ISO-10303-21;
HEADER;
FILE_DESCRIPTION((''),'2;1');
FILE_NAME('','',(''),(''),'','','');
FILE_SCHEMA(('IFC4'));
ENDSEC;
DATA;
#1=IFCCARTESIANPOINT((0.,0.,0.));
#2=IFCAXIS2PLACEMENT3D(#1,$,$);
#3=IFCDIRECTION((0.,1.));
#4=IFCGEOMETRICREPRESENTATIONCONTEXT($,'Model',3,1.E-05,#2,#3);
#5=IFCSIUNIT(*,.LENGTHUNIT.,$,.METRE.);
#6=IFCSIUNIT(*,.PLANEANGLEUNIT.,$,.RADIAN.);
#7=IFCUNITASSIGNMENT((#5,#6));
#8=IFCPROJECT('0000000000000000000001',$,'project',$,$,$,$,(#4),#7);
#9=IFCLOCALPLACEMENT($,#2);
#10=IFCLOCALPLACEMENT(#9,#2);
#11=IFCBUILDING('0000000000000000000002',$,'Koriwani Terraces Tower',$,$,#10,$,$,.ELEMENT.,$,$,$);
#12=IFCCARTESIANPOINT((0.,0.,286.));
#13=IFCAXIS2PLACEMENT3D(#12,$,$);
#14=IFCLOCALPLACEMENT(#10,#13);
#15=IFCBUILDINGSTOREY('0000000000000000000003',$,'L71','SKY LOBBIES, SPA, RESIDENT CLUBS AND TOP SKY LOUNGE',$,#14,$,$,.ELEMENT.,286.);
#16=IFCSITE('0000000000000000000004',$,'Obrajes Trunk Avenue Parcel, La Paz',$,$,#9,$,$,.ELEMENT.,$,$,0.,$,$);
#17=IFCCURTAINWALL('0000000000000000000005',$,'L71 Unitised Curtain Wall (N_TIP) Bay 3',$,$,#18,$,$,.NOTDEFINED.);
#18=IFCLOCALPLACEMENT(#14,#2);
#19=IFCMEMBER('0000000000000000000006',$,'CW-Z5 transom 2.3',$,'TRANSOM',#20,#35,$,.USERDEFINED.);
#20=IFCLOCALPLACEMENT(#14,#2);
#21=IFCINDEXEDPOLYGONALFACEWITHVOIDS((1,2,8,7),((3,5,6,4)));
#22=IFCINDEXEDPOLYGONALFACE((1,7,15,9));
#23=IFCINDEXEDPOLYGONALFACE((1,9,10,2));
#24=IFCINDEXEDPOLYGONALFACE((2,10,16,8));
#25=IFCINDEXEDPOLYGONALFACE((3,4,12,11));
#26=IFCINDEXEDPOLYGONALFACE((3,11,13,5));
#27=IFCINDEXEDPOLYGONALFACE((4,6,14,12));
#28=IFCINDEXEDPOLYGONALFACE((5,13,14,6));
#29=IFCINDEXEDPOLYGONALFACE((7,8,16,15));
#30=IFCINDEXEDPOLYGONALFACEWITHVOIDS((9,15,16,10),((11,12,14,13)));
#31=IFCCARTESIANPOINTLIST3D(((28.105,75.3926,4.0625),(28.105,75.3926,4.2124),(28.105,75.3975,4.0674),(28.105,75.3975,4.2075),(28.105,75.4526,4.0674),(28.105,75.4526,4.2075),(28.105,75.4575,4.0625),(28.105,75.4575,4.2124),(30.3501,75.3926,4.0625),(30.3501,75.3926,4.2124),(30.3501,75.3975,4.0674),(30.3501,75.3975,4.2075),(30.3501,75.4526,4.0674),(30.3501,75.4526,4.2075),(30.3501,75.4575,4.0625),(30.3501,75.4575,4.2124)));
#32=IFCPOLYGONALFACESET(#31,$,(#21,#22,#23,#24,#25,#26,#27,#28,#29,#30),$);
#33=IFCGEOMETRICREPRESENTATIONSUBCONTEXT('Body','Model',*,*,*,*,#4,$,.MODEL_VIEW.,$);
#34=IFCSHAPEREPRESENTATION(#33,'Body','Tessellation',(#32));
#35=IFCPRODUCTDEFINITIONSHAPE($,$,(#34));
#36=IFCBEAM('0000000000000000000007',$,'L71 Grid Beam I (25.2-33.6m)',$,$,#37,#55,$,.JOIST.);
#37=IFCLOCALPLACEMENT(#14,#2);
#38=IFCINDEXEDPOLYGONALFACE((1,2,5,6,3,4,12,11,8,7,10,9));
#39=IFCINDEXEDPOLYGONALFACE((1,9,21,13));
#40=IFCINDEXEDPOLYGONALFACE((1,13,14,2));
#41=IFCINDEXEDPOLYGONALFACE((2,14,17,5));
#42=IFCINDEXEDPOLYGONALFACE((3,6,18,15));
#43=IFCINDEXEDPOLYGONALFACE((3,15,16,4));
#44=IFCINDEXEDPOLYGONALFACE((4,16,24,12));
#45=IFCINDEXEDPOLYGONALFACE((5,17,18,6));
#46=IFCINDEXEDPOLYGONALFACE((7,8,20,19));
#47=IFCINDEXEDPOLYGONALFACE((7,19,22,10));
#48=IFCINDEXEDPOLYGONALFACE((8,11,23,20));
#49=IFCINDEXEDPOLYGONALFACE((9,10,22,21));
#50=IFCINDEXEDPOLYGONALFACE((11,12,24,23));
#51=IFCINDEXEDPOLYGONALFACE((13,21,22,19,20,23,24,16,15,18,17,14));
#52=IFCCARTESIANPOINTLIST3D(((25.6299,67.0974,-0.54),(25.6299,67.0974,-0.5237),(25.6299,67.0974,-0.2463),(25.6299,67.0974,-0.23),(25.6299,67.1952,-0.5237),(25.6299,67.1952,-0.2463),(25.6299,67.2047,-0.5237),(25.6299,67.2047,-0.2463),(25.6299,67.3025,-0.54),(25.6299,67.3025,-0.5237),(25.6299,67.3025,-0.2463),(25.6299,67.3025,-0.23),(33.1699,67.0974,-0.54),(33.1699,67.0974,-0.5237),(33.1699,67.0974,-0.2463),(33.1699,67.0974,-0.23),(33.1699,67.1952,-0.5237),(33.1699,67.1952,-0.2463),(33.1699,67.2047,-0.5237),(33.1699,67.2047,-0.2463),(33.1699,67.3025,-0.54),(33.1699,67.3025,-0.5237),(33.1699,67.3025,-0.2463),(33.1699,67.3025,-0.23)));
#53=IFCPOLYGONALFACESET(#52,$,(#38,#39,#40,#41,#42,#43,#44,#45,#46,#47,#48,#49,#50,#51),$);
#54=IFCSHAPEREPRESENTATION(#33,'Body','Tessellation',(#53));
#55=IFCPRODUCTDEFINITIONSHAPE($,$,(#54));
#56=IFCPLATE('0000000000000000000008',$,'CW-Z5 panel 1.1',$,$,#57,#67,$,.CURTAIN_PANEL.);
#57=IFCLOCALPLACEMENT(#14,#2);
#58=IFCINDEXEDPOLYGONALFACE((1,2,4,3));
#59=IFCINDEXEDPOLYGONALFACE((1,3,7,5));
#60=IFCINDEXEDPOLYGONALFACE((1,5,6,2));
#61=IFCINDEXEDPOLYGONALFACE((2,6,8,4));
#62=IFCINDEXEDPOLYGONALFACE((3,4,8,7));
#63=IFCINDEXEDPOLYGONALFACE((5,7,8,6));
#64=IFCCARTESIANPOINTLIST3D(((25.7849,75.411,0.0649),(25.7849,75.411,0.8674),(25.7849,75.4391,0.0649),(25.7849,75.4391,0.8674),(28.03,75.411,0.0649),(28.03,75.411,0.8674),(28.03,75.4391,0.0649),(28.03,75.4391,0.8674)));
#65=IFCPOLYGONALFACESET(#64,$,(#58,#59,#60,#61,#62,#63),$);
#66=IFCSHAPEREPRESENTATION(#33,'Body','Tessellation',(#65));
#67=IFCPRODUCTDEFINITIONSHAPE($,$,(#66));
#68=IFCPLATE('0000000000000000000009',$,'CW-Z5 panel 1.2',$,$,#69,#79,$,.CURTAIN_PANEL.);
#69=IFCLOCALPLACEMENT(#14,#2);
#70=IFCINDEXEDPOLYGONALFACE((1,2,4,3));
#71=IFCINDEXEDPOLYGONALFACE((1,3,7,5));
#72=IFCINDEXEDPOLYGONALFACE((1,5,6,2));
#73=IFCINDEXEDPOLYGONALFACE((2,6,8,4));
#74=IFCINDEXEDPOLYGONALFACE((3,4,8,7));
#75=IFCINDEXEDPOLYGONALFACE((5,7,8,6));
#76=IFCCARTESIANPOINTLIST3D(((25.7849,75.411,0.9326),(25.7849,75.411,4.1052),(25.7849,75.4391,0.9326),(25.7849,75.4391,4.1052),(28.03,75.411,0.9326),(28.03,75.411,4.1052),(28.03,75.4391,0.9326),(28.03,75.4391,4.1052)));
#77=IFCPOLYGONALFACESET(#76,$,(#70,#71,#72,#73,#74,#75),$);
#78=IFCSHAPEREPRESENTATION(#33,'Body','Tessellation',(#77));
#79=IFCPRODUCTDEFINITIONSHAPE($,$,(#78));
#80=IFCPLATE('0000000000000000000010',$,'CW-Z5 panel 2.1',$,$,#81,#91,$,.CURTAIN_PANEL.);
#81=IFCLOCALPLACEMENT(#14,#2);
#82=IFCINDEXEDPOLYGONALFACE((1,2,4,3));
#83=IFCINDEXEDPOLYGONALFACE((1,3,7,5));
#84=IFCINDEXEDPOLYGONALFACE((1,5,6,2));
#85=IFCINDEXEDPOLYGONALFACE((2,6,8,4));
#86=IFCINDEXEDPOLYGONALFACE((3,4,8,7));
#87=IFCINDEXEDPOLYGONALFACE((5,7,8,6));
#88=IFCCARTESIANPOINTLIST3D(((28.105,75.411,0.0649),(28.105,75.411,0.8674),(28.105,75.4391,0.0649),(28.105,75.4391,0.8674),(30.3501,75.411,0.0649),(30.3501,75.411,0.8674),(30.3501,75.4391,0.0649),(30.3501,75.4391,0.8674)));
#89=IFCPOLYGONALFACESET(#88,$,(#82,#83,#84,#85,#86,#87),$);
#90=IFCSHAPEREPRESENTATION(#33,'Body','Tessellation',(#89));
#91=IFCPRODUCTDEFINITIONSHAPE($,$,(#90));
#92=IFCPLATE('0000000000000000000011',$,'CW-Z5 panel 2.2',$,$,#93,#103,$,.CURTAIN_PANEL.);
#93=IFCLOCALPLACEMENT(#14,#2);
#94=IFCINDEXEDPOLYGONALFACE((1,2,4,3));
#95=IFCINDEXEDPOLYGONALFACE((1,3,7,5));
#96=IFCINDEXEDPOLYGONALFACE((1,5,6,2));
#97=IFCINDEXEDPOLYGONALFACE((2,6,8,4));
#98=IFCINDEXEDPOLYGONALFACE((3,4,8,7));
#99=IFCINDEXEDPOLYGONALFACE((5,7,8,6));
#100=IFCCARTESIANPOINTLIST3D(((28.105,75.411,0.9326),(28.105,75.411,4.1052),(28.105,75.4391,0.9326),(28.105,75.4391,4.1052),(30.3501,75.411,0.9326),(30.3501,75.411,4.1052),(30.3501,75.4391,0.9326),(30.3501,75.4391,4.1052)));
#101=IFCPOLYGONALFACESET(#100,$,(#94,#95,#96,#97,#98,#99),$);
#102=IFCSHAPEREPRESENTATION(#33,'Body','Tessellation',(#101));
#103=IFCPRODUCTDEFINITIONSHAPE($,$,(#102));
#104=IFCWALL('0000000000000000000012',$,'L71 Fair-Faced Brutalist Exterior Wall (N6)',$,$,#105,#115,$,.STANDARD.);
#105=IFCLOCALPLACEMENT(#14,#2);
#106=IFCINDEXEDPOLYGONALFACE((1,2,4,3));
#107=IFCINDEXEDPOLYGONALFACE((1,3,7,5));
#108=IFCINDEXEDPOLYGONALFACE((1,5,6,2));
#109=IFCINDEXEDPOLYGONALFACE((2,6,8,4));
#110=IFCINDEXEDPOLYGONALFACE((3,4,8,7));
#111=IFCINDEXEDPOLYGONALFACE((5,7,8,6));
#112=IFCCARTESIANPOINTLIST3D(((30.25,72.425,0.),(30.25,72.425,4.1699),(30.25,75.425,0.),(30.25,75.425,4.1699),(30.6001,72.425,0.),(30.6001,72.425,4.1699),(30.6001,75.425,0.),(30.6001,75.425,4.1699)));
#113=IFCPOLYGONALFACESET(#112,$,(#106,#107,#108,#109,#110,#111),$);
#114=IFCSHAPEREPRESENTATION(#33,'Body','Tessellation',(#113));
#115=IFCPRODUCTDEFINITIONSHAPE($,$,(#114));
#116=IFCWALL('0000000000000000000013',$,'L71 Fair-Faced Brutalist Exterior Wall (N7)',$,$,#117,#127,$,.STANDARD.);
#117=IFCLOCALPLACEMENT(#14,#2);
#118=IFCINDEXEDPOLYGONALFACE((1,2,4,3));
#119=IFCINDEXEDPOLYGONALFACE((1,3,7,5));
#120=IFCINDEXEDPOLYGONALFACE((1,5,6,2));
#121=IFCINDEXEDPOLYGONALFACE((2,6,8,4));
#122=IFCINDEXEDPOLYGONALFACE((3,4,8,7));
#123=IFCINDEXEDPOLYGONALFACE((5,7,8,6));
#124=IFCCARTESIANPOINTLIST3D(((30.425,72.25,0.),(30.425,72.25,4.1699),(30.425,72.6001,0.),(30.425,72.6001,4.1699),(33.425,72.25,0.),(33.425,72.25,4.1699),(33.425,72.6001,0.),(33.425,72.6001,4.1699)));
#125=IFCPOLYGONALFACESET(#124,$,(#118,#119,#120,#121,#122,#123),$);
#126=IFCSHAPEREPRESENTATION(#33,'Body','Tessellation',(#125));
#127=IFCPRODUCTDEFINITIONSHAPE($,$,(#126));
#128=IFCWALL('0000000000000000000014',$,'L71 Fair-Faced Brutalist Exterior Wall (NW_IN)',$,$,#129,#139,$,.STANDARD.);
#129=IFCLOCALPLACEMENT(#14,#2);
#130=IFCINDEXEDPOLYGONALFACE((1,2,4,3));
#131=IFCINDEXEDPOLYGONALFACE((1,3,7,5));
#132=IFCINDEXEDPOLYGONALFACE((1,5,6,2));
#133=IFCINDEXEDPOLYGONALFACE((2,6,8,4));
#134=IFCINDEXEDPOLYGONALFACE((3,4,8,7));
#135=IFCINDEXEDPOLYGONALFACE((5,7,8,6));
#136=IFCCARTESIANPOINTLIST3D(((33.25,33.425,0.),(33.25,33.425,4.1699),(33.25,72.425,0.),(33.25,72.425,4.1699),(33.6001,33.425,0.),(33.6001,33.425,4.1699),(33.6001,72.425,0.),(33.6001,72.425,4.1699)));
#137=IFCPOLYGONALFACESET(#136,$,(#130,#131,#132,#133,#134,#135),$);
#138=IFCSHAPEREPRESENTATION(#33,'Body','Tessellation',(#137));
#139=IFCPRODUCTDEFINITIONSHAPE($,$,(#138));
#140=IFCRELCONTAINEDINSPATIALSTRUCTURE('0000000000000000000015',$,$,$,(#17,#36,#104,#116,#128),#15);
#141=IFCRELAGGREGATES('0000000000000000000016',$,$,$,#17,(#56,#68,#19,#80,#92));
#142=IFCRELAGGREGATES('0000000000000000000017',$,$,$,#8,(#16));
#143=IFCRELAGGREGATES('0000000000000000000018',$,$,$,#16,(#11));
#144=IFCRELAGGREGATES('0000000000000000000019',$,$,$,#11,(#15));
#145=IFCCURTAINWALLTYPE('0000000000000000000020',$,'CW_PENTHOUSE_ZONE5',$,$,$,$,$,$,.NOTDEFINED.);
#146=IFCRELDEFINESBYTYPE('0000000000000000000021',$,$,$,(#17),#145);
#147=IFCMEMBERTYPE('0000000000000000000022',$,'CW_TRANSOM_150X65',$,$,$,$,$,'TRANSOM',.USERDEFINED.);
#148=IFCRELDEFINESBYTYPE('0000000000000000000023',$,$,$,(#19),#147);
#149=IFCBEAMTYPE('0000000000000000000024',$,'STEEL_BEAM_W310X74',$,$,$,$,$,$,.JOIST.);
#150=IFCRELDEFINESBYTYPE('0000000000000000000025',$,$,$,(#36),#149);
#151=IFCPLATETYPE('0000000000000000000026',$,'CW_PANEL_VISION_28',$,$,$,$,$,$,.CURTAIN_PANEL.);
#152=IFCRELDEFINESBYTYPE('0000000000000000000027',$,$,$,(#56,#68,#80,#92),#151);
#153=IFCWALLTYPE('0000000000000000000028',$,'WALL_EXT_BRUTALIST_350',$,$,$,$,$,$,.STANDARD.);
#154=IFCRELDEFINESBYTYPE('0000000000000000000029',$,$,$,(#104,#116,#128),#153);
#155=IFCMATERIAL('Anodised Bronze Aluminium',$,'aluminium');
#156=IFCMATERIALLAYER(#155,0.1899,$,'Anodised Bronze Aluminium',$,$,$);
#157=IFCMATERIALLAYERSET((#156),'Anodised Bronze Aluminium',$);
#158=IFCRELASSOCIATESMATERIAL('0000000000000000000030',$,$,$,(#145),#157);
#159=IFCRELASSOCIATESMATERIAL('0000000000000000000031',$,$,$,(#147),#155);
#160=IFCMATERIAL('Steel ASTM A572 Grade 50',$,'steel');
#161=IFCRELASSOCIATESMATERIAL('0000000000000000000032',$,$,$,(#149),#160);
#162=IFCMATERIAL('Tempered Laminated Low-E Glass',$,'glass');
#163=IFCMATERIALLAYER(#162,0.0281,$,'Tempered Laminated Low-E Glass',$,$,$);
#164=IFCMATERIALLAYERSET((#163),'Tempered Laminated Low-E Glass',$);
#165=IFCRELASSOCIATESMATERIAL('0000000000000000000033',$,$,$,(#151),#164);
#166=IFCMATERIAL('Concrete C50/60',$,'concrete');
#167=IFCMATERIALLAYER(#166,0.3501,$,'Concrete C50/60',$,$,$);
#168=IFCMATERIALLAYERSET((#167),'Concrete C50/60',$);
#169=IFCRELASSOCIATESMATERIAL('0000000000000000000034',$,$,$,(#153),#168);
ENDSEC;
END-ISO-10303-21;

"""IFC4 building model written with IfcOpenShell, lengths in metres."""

from ifc_helpers import new_model, si_unit, direction, frame, frame_2d, origin, origin_2d, place, context, subcontext, project, spatial, rectangle, hollow_rectangle, i_section, extrude, material, layer, layer_set, material_profile, profile_set, type_object, element, aggregate, save


model = new_model("IFC4")

# Units and contexts
model_context = context("Model", 3, precision=1e-05, world=origin(), true_north=direction((0.0, 1.0)))
body_context = subcontext(model_context, "Body", "Model", "MODEL_VIEW")
ifc_project = project(units=[si_unit("LENGTHUNIT", "METRE"), si_unit("PLANEANGLEUNIT", "RADIAN")], contexts=[model_context])

# Site, building, storey
site_placement = place(None, origin())
site = spatial("IfcSite", under=ifc_project, at=site_placement, Name="Obrajes Trunk Avenue Parcel, La Paz", CompositionType="ELEMENT", RefElevation=0.0)
building_placement = place(site_placement, origin())
building = spatial("IfcBuilding", under=site, at=building_placement, Name="Koriwani Terraces Tower", CompositionType="ELEMENT")
storey_placement = place(building_placement, frame((0.0, 0.0, 286.0)))
storey = spatial("IfcBuildingStorey", under=building, at=storey_placement, Name="L71", Description="SKY LOBBIES, SPA, RESIDENT CLUBS AND TOP SKY LOUNGE", CompositionType="ELEMENT", Elevation=286.0)

# Shared definitions
ifc_material_1 = material(Name="Concrete C50/60", Category="concrete")

# Curtain wall, member
ifc_material_2 = material(Name="Anodised Bronze Aluminium", Category="aluminium")
ifc_layer_1 = layer(ifc_material_2, 0.1899, Name="Anodised Bronze Aluminium")
ifc_layer_set_1 = layer_set([ifc_layer_1], Name="Anodised Bronze Aluminium")
curtain_wall_type = type_object("IfcCurtainWallType", Name="CW_PENTHOUSE_ZONE5", PredefinedType="NOTDEFINED", material=ifc_layer_set_1)
curtain_wall_placement = place(storey_placement, origin())
curtain_wall = element("IfcCurtainWall", 1, at=curtain_wall_placement, inside=storey, type_object=curtain_wall_type, Name="L71 Unitised Curtain Wall (N_TIP) Bay 3", PredefinedType="NOTDEFINED")
ifc_material_profile_1 = material_profile(ifc_material_2, hollow_rectangle(XDim=0.0649, YDim=0.1499, WallThickness=0.0049, at=origin_2d()), Name="Anodised Bronze Aluminium", Category="LoadBearing")
ifc_profile_set_1 = profile_set([ifc_material_profile_1], Name="Anodised Bronze Aluminium")
member_type_1 = type_object("IfcMemberType", Name="CW_TRANSOM_150X65", ElementType="TRANSOM", PredefinedType="USERDEFINED", material=ifc_profile_set_1)
member_1_placement = place(storey_placement, frame((28.105, 75.425, 4.1375), z_axis=(1.0, 0.0, 0.0), x_axis=(0.0, 1.0, 0.0)))
member_1 = element("IfcMember", 2, at=member_1_placement, type_object=member_type_1, Name="CW-Z5 transom 2.3", ObjectType="TRANSOM", PredefinedType="USERDEFINED", context=body_context, shape_type="SweptSolid", body=[
    extrude(hollow_rectangle(XDim=0.0649, YDim=0.1499, WallThickness=0.0049, at=origin_2d()), origin(), (0.0, 0.0, 1.0), 2.2451),
])

# Beam
ifc_material_3 = material(Name="Steel ASTM A572 Grade 50", Category="steel")
ifc_material_profile_2 = material_profile(ifc_material_3, i_section(OverallWidth=0.2051, OverallDepth=0.3101, WebThickness=0.0095, FlangeThickness=0.0164, at=origin_2d()), Name="Steel ASTM A572 Grade 50", Category="LoadBearing")
ifc_profile_set_2 = profile_set([ifc_material_profile_2], Name="Steel ASTM A572 Grade 50")
beam_type_1 = type_object("IfcBeamType", Name="STEEL_BEAM_W310X74", PredefinedType="JOIST", material=ifc_profile_set_2)
beam_1_placement = place(storey_placement, frame((25.6299, 67.2, -0.385), z_axis=(1.0, 0.0, 0.0), x_axis=(0.0, 1.0, 0.0)))
element("IfcBeam", 3, at=beam_1_placement, inside=storey, type_object=beam_type_1, Name="L71 Grid Beam I (25.2-33.6m)", PredefinedType="JOIST", context=body_context, shape_type="SweptSolid", body=[
    extrude(i_section(OverallWidth=0.2051, OverallDepth=0.3101, WebThickness=0.0095, FlangeThickness=0.0164, at=origin_2d()), origin(), (0.0, 0.0, 1.0), 7.54),
])

# Plates
ifc_material_4 = material(Name="Tempered Laminated Low-E Glass", Category="glass")
ifc_layer_2 = layer(ifc_material_4, 0.0281, Name="Tempered Laminated Low-E Glass")
ifc_layer_set_2 = layer_set([ifc_layer_2], Name="Tempered Laminated Low-E Glass")
plate_type = type_object("IfcPlateType", Name="CW_PANEL_VISION_28", PredefinedType="CURTAIN_PANEL", material=ifc_layer_set_2)
plate_1_placement = place(storey_placement, frame((26.9075, 75.425, 0.0649), z_axis=(0.0, 0.0, 1.0), x_axis=(1.0, 0.0, 0.0)))
plate_1 = element("IfcPlate", 4, at=plate_1_placement, type_object=plate_type, Name="CW-Z5 panel 1.1", PredefinedType="CURTAIN_PANEL", context=body_context, shape_type="SweptSolid", body=[
    extrude(rectangle(XDim=2.2451, YDim=0.0281, at=origin_2d()), origin(), (0.0, 0.0, 1.0), 0.8025),
])
plate_2_placement = place(storey_placement, frame((26.9075, 75.425, 0.9326), z_axis=(0.0, 0.0, 1.0), x_axis=(1.0, 0.0, 0.0)))
plate_2 = element("IfcPlate", 5, at=plate_2_placement, type_object=plate_type, Name="CW-Z5 panel 1.2", PredefinedType="CURTAIN_PANEL", context=body_context, shape_type="SweptSolid", body=[
    extrude(rectangle(XDim=2.2451, YDim=0.0281, at=origin_2d()), origin(), (0.0, 0.0, 1.0), 3.1726),
])
plate_3_placement = place(storey_placement, frame((29.2275, 75.425, 0.0649), z_axis=(0.0, 0.0, 1.0), x_axis=(1.0, 0.0, 0.0)))
plate_3 = element("IfcPlate", 6, at=plate_3_placement, type_object=plate_type, Name="CW-Z5 panel 2.1", PredefinedType="CURTAIN_PANEL", context=body_context, shape_type="SweptSolid", body=[
    extrude(rectangle(XDim=2.2451, YDim=0.0281, at=origin_2d()), origin(), (0.0, 0.0, 1.0), 0.8025),
])
plate_4_placement = place(storey_placement, frame((29.2275, 75.425, 0.9326), z_axis=(0.0, 0.0, 1.0), x_axis=(1.0, 0.0, 0.0)))
plate_4 = element("IfcPlate", 7, at=plate_4_placement, type_object=plate_type, Name="CW-Z5 panel 2.2", PredefinedType="CURTAIN_PANEL", context=body_context, shape_type="SweptSolid", body=[
    extrude(rectangle(XDim=2.2451, YDim=0.0281, at=origin_2d()), origin(), (0.0, 0.0, 1.0), 3.1726),
])
aggregate(curtain_wall, [plate_1, plate_2, member_1, plate_3, plate_4])

# Walls
ifc_layer_3 = layer(ifc_material_1, 0.3501, Name="Concrete C50/60")
ifc_layer_set_3 = layer_set([ifc_layer_3], Name="Concrete C50/60")
wall_type = type_object("IfcWallType", Name="WALL_EXT_BRUTALIST_350", PredefinedType="STANDARD", material=ifc_layer_set_3)
for number, where, z_axis, x_axis, name in (
    (8, (30.425, 75.425, 0.0), (0.0, 0.0, 1.0), (0.0, -1.0, 0.0), "L71 Fair-Faced Brutalist Exterior Wall (N6)"),
    (9, (30.425, 72.425, 0.0), (0.0, 0.0, 1.0), (1.0, 0.0, 0.0), "L71 Fair-Faced Brutalist Exterior Wall (N7)"),
):
    element("IfcWall", number, at=place(storey_placement, frame(where, z_axis=z_axis, x_axis=x_axis)), inside=storey, type_object=wall_type, Name=name, PredefinedType="STANDARD", context=body_context, shape_type="SweptSolid", body=[
        extrude(rectangle(XDim=3.0, YDim=0.3501, at=frame_2d((1.5, 0.0))), origin(), (0.0, 0.0, 1.0), 4.1699),
    ])
wall_placement = place(storey_placement, frame((33.425, 72.425, 0.0), z_axis=(0.0, 0.0, 1.0), x_axis=(0.0, -1.0, 0.0)))
element("IfcWall", 10, at=wall_placement, inside=storey, type_object=wall_type, Name="L71 Fair-Faced Brutalist Exterior Wall (NW_IN)", PredefinedType="STANDARD", context=body_context, shape_type="SweptSolid", body=[
    extrude(rectangle(XDim=39.0, YDim=0.3501, at=frame_2d((19.5, 0.0))), origin(), (0.0, 0.0, 1.0), 4.1699),
])

save(model, "model.ifc")
